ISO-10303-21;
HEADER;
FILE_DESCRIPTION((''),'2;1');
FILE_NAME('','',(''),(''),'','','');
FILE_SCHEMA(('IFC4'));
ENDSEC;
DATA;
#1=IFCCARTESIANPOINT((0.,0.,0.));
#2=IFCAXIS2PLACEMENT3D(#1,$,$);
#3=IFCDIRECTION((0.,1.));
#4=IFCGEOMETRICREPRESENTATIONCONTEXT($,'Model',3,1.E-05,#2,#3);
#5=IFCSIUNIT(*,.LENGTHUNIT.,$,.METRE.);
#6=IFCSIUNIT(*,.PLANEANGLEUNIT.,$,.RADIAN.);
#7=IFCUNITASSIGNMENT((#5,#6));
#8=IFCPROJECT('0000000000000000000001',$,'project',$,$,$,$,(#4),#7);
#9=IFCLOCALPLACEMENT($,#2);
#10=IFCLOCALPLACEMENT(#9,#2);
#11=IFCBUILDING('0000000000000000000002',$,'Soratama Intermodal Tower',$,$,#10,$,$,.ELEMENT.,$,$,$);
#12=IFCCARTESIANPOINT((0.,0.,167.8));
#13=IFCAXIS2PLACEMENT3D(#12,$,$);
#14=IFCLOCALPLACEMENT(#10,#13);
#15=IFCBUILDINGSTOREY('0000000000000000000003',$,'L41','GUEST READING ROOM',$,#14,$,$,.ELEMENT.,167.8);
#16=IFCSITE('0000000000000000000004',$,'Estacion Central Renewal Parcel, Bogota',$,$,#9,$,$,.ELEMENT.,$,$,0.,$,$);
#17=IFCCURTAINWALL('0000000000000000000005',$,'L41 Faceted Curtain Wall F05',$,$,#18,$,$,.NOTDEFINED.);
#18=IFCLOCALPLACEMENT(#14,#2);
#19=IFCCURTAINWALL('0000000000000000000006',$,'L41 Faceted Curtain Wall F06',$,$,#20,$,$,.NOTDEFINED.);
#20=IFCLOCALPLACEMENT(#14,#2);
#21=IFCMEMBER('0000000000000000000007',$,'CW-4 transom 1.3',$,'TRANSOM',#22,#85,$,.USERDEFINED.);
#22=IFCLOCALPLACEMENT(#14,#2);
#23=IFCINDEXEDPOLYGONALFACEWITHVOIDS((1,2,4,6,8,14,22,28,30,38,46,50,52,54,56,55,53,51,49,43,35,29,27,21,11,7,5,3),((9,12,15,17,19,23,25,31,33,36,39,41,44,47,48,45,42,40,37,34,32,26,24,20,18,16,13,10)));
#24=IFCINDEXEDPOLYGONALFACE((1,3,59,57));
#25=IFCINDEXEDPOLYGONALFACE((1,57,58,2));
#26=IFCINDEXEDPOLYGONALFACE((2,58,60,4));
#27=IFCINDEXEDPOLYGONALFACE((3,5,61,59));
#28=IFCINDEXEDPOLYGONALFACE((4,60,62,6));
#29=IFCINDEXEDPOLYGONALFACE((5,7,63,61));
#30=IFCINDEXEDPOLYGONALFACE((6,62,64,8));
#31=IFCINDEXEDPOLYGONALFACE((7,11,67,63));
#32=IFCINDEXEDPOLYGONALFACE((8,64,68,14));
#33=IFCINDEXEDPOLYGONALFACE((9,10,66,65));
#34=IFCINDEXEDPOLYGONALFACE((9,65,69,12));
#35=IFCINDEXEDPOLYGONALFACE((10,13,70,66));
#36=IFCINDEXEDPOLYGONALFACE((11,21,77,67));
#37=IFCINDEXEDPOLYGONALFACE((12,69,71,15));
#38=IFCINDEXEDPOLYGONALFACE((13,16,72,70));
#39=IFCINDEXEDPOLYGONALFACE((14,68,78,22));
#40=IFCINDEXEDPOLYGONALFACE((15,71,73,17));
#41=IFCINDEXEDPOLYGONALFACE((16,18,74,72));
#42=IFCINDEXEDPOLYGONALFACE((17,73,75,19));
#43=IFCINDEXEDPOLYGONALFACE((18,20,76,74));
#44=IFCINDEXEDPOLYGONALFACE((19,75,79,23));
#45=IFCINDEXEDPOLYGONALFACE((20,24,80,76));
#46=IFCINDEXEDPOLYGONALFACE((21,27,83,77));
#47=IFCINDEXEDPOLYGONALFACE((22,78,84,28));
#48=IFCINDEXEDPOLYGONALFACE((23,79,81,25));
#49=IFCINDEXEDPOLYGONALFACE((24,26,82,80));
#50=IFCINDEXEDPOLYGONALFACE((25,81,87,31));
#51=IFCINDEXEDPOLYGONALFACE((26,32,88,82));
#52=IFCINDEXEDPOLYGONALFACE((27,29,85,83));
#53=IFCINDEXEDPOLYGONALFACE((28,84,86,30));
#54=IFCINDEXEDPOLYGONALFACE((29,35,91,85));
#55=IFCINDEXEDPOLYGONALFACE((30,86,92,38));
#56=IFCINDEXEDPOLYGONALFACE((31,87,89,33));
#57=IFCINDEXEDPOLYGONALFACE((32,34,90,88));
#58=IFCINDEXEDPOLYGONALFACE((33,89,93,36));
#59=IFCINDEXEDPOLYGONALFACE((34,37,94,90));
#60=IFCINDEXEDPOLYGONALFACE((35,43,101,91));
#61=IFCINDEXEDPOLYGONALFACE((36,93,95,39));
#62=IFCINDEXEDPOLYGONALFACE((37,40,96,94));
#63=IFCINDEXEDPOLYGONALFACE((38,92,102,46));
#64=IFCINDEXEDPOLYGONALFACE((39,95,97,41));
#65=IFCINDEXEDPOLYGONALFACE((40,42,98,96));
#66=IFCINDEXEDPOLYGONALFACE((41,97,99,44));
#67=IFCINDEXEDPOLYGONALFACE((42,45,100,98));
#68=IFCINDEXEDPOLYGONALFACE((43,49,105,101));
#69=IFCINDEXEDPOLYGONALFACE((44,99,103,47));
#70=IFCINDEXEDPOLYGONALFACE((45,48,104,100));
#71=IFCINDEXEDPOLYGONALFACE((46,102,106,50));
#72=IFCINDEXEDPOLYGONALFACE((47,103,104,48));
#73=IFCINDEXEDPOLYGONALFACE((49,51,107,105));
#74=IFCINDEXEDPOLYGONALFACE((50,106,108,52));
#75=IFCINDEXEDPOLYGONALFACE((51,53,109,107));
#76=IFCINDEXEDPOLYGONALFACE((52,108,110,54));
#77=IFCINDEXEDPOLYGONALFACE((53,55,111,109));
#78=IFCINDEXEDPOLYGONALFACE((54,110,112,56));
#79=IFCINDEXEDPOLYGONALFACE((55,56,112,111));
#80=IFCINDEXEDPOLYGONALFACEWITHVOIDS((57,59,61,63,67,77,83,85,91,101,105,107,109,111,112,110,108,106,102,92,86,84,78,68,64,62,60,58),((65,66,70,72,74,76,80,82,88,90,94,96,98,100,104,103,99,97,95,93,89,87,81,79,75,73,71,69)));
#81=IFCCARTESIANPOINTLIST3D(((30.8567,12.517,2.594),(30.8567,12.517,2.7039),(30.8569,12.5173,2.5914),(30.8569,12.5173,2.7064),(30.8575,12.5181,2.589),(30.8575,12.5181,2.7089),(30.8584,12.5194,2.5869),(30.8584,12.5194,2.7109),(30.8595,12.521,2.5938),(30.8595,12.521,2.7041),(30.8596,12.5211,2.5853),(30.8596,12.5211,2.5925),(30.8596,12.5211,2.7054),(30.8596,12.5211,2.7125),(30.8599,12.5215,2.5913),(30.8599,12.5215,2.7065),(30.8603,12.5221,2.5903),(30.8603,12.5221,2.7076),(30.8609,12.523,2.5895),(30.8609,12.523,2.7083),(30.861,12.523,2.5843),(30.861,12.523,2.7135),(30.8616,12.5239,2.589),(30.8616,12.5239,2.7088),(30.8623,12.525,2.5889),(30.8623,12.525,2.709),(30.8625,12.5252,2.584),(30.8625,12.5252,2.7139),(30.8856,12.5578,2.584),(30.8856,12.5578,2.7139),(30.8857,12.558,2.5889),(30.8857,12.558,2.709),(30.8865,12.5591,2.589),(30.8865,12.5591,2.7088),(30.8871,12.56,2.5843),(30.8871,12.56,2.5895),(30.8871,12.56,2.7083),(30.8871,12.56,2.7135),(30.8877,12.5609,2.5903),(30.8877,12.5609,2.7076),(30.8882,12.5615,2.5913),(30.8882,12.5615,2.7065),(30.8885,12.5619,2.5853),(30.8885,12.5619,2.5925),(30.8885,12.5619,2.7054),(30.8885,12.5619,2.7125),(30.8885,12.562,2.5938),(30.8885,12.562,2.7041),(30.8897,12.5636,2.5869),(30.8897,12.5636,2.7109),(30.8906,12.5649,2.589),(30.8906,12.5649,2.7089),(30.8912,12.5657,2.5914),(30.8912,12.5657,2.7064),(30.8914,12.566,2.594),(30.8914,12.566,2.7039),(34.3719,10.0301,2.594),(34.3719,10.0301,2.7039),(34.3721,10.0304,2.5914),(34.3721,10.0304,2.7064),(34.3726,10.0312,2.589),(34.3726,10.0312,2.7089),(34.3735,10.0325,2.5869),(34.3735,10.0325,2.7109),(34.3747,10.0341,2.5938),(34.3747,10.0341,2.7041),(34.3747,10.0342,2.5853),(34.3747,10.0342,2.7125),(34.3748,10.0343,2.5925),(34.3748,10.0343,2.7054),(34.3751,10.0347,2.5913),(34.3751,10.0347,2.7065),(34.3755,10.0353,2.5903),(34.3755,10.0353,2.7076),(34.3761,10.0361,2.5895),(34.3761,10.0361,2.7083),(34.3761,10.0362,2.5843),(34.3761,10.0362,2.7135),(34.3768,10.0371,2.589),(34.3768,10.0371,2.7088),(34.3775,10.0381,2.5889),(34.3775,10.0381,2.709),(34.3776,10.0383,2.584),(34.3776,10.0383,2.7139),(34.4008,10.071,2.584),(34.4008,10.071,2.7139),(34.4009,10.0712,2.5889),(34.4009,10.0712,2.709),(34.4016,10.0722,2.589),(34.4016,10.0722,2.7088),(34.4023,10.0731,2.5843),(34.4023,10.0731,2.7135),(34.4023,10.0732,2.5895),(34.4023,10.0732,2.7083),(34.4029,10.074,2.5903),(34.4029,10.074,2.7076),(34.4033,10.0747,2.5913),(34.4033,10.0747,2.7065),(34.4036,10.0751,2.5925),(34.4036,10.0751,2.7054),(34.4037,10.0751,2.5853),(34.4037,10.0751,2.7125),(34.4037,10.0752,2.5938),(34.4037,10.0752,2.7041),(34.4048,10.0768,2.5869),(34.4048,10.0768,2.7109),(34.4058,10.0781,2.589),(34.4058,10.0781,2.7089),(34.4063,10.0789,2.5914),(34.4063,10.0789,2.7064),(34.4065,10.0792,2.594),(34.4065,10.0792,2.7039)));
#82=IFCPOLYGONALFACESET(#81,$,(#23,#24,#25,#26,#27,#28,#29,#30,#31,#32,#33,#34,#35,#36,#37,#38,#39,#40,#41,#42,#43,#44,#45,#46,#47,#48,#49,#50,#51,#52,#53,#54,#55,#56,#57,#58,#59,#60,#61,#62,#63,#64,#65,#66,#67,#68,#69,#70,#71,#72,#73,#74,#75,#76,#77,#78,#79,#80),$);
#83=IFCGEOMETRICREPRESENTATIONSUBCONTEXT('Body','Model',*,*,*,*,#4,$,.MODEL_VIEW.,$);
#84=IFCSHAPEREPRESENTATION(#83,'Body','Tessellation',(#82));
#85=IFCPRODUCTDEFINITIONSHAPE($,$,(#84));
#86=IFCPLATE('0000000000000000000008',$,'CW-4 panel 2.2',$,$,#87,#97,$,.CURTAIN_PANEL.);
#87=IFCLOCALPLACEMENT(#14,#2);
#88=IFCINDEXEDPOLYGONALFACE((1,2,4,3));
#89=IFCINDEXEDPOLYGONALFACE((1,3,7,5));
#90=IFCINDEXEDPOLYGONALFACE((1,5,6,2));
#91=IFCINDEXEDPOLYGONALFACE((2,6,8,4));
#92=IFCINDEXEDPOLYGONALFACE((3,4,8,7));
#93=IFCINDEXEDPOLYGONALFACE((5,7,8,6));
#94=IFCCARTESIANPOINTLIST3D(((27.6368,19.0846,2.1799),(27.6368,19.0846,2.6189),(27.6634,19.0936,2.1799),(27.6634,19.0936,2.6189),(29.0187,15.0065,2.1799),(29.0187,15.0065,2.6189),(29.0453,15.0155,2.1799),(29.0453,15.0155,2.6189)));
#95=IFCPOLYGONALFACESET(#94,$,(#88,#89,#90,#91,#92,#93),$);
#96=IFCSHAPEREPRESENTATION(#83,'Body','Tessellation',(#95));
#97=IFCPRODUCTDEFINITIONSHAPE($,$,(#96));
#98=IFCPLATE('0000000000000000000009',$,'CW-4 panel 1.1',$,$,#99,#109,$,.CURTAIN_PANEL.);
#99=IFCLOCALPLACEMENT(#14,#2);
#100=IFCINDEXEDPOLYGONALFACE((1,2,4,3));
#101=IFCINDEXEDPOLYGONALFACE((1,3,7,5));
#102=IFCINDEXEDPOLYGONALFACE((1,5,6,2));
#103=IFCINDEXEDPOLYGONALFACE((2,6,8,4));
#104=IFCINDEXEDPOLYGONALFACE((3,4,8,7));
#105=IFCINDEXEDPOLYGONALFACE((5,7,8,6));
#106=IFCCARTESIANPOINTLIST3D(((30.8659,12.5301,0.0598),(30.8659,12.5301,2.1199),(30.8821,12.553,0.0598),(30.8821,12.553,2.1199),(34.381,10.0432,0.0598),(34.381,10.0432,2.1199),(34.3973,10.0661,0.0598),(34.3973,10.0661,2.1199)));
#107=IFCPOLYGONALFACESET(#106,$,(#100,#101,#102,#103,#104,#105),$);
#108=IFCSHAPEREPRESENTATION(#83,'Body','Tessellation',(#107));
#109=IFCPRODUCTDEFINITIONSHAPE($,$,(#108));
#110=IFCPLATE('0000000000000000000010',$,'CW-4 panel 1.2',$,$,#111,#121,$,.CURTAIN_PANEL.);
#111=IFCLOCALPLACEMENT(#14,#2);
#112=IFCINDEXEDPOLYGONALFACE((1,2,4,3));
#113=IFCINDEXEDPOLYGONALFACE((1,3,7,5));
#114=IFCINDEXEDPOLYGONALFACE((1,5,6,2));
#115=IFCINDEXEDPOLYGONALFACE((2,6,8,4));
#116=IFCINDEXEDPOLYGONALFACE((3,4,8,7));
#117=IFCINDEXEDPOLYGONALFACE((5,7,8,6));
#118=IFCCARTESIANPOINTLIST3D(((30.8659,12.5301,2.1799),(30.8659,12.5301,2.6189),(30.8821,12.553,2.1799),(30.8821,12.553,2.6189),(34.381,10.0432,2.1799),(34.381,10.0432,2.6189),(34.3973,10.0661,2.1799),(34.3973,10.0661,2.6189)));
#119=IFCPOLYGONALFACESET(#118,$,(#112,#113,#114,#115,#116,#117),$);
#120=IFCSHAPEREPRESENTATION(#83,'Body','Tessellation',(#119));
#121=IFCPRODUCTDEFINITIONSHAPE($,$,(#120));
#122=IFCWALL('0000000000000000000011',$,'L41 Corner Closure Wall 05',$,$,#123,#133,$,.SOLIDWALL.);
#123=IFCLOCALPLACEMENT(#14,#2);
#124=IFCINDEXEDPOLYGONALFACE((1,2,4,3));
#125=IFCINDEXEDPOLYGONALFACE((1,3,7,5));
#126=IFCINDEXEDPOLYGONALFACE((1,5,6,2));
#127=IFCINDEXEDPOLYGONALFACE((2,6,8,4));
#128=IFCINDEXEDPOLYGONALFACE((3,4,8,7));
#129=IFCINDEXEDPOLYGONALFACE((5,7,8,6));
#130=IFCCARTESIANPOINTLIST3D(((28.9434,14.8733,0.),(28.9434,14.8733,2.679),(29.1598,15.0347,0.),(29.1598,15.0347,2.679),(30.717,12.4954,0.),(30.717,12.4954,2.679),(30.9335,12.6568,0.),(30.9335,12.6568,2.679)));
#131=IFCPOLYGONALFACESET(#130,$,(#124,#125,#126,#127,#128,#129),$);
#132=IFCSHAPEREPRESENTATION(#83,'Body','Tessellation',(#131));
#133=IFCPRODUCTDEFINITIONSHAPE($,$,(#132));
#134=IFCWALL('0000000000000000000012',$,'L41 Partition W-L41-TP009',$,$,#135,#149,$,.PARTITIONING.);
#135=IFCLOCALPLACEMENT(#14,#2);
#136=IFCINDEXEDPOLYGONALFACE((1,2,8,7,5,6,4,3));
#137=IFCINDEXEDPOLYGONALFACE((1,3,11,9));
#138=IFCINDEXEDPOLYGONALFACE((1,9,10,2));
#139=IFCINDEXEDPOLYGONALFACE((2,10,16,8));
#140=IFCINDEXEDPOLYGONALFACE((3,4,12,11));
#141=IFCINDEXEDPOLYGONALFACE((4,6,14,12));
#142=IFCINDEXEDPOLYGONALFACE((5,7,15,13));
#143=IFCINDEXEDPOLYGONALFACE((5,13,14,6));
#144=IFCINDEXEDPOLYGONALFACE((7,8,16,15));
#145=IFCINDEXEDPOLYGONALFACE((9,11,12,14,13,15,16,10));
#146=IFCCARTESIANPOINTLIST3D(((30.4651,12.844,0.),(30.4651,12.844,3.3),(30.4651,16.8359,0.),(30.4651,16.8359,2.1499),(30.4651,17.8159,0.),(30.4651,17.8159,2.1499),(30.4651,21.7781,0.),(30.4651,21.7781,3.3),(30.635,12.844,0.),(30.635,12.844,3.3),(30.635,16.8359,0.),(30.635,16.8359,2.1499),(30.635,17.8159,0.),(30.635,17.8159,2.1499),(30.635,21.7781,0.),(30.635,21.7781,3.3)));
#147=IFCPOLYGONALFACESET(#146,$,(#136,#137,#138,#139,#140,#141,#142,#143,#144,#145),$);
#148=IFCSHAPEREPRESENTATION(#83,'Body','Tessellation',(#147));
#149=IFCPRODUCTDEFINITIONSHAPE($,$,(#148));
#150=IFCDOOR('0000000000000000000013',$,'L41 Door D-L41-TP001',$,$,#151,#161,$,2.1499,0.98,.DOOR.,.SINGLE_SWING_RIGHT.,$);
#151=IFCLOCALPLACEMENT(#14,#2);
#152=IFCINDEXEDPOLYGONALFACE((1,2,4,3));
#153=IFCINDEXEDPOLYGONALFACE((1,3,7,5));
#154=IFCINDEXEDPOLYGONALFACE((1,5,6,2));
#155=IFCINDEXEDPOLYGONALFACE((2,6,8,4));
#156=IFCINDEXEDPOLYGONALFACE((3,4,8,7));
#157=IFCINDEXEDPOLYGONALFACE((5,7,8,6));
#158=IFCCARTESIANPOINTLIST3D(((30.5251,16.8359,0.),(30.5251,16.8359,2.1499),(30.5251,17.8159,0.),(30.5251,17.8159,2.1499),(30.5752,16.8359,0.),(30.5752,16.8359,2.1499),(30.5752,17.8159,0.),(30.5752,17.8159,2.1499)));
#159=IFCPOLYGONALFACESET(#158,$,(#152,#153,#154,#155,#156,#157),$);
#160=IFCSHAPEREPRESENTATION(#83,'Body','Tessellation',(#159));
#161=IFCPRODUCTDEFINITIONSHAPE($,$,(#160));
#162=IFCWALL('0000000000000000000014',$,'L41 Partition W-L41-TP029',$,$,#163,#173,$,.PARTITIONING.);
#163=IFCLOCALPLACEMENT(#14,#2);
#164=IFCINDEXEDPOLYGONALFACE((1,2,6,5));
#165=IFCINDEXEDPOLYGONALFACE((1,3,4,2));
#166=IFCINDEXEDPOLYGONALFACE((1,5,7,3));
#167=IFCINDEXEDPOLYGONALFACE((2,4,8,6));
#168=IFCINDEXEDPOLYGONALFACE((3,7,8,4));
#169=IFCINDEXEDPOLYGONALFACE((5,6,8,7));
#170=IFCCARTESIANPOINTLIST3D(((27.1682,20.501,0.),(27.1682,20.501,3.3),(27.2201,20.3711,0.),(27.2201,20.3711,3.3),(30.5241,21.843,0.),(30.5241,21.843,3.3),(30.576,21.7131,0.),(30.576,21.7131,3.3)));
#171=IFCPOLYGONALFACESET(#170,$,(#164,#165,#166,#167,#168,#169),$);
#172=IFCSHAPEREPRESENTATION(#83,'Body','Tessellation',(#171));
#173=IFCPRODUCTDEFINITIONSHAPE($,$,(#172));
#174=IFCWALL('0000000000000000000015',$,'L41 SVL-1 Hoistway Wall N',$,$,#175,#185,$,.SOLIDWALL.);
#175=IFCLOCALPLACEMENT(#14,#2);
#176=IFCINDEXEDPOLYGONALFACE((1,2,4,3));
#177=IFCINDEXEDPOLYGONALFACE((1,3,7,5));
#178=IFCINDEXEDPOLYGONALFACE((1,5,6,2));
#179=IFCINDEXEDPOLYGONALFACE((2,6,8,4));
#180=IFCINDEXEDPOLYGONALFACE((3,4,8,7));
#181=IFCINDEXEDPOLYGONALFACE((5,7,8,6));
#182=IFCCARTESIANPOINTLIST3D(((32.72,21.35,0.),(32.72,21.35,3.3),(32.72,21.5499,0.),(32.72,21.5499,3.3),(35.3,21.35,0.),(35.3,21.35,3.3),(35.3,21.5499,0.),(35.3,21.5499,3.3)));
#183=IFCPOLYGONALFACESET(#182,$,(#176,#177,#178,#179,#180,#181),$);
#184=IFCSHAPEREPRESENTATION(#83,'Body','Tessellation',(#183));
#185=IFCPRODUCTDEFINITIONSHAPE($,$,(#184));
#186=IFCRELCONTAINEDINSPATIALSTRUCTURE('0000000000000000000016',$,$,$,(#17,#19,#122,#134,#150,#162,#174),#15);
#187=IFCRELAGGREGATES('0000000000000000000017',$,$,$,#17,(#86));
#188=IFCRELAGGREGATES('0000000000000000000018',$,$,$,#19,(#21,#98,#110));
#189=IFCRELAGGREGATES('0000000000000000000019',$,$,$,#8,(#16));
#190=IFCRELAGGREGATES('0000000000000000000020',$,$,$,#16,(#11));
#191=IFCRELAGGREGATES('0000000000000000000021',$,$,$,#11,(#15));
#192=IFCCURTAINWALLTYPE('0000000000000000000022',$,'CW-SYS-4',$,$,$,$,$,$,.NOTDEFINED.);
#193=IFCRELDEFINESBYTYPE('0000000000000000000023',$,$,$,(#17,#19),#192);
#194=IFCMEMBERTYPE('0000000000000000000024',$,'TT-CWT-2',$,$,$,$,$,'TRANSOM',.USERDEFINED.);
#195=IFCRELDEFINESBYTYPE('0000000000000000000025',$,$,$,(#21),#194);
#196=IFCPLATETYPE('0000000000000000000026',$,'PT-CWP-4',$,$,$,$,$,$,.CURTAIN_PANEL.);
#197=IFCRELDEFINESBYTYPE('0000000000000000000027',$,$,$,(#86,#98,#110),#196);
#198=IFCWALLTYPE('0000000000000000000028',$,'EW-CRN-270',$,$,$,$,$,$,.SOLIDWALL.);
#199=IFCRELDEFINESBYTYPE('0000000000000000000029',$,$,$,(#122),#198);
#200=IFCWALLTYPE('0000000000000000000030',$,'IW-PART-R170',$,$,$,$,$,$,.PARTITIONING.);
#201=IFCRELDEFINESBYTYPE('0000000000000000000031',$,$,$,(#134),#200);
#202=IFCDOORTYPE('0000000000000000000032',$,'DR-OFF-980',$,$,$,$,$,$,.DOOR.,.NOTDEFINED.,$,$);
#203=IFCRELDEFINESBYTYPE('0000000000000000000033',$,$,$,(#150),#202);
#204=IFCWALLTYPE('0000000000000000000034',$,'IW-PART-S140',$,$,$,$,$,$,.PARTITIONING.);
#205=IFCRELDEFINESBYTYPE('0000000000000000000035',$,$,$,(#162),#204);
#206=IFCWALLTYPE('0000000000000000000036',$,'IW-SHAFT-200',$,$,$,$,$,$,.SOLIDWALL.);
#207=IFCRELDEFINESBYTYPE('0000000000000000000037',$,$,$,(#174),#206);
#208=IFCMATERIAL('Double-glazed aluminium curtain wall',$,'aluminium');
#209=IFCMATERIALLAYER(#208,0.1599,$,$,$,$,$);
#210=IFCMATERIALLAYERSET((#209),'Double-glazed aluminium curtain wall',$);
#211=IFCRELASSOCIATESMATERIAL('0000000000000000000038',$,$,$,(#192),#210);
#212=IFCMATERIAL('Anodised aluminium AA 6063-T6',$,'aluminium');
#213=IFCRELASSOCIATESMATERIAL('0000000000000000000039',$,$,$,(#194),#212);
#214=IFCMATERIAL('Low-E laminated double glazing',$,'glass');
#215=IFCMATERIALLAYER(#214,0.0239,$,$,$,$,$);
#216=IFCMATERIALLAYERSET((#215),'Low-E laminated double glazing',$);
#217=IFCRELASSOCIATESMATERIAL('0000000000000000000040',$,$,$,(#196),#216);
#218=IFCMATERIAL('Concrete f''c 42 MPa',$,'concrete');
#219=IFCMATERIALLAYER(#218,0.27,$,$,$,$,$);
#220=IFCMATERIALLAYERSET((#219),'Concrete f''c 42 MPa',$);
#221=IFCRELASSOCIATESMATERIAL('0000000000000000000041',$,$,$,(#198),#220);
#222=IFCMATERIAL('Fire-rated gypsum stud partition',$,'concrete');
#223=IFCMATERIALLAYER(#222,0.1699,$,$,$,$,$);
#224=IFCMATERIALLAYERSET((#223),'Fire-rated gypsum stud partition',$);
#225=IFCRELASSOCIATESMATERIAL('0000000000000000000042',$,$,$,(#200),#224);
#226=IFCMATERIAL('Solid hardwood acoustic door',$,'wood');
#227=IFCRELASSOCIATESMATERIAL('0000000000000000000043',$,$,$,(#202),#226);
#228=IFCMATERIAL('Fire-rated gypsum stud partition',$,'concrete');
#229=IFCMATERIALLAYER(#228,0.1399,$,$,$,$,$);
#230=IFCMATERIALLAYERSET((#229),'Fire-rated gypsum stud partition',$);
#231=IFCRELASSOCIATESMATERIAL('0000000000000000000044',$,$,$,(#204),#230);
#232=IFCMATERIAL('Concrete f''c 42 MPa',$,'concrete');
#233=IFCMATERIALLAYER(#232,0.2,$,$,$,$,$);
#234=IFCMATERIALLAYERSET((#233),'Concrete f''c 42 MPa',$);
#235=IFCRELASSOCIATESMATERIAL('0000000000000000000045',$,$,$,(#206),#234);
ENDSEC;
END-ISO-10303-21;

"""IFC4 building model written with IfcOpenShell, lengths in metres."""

from ifc_helpers import new_model, si_unit, direction, frame, frame_2d, origin, origin_2d, place, context, subcontext, project, spatial, rectangle, hollow_rectangle, extrude, material, layer, layer_set, material_profile, profile_set, type_object, element, fill, aggregate, save


model = new_model("IFC4")

# Units and contexts
model_context = context("Model", 3, precision=1e-05, world=origin(), true_north=direction((0.0, 1.0)))
body_context = subcontext(model_context, "Body", "Model", "MODEL_VIEW")
ifc_project = project(units=[si_unit("LENGTHUNIT", "METRE"), si_unit("PLANEANGLEUNIT", "RADIAN")], contexts=[model_context])

# Site, building, storey
site_placement = place(None, origin())
site = spatial("IfcSite", under=ifc_project, at=site_placement, Name="Estacion Central Renewal Parcel, Bogota", CompositionType="ELEMENT", RefElevation=0.0)
building_placement = place(site_placement, origin())
building = spatial("IfcBuilding", under=site, at=building_placement, Name="Soratama Intermodal Tower", CompositionType="ELEMENT")
storey_placement = place(building_placement, frame((0.0, 0.0, 167.8)))
storey = spatial("IfcBuildingStorey", under=building, at=storey_placement, Name="L41", Description="GUEST READING ROOM", CompositionType="ELEMENT", Elevation=167.8)

# Curtain wall
ifc_material_1 = material(Name="Double-glazed aluminium curtain wall", Category="aluminium")
ifc_layer_1 = layer(ifc_material_1, 0.1599)
ifc_layer_set_1 = layer_set([ifc_layer_1], Name="Double-glazed aluminium curtain wall")
curtain_wall_type = type_object("IfcCurtainWallType", Name="CW-SYS-4", PredefinedType="NOTDEFINED", material=ifc_layer_set_1)
curtain_wall_1_placement = place(storey_placement, origin())
curtain_wall_1 = element("IfcCurtainWall", 1, at=curtain_wall_1_placement, inside=storey, type_object=curtain_wall_type, Name="L41 Faceted Curtain Wall F05", PredefinedType="NOTDEFINED")

# Curtain wall, member
curtain_wall_2_placement = place(storey_placement, origin())
curtain_wall_2 = element("IfcCurtainWall", 2, at=curtain_wall_2_placement, inside=storey, type_object=curtain_wall_type, Name="L41 Faceted Curtain Wall F06", PredefinedType="NOTDEFINED")
ifc_material_2 = material(Name="Anodised aluminium AA 6063-T6", Category="aluminium")
ifc_material_profile_1 = material_profile(ifc_material_2, hollow_rectangle(XDim=0.0601, YDim=0.1299, WallThickness=0.0049, InnerFilletRadius=0.0049, OuterFilletRadius=0.01, at=origin_2d()), Name="CWT130X60X5")
ifc_profile_set_1 = profile_set([ifc_material_profile_1], Name="Anodised aluminium AA 6063-T6")
member_type_1 = type_object("IfcMemberType", Name="TT-CWT-2", ElementType="TRANSOM", PredefinedType="USERDEFINED", material=ifc_profile_set_1)
member_1_placement = place(storey_placement, frame((30.874, 12.5415, 2.6489), z_axis=(0.816361, -0.577542, 0.0), x_axis=(0.577542, 0.816361, 0.0)))
member_1 = element("IfcMember", 3, at=member_1_placement, type_object=member_type_1, Name="CW-4 transom 1.3", ObjectType="TRANSOM", PredefinedType="USERDEFINED", context=body_context, shape_type="SweptSolid", body=[
    extrude(hollow_rectangle(XDim=0.0601, YDim=0.1299, WallThickness=0.0049, InnerFilletRadius=0.0049, OuterFilletRadius=0.01, at=origin_2d()), origin(), (0.0, 0.0, 1.0), 4.3059),
])

# Plates
ifc_material_3 = material(Name="Low-E laminated double glazing", Category="glass")
ifc_layer_2 = layer(ifc_material_3, 0.0239)
ifc_layer_set_2 = layer_set([ifc_layer_2], Name="Low-E laminated double glazing")
plate_type = type_object("IfcPlateType", Name="PT-CWP-4", PredefinedType="CURTAIN_PANEL", material=ifc_layer_set_2)
plate_1_placement = place(storey_placement, frame((28.3411, 17.05, 2.1799), z_axis=(0.0, 0.0, 1.0), x_axis=(0.32094, -0.9471, 0.0)))
plate_1 = element("IfcPlate", 4, at=plate_1_placement, type_object=plate_type, Name="CW-4 panel 2.2", PredefinedType="CURTAIN_PANEL", context=body_context, shape_type="SweptSolid", body=[
    extrude(rectangle(XDim=4.3059, YDim=0.0281, at=origin_2d()), origin(), (0.0, 0.0, 1.0), 0.439),
])
aggregate(curtain_wall_1, [plate_1])
plate_2_placement = place(storey_placement, frame((32.6316, 11.2981, 0.0598), z_axis=(0.0, 0.0, 1.0), x_axis=(0.816345, -0.577564, 0.0)))
plate_2 = element("IfcPlate", 5, at=plate_2_placement, type_object=plate_type, Name="CW-4 panel 1.1", PredefinedType="CURTAIN_PANEL", context=body_context, shape_type="SweptSolid", body=[
    extrude(rectangle(XDim=4.3059, YDim=0.0281, at=origin_2d()), origin(), (0.0, 0.0, 1.0), 2.0601),
])
plate_3_placement = place(storey_placement, frame((32.6316, 11.2981, 2.1799), z_axis=(0.0, 0.0, 1.0), x_axis=(0.816345, -0.577564, 0.0)))
plate_3 = element("IfcPlate", 6, at=plate_3_placement, type_object=plate_type, Name="CW-4 panel 1.2", PredefinedType="CURTAIN_PANEL", context=body_context, shape_type="SweptSolid", body=[
    extrude(rectangle(XDim=4.3059, YDim=0.0281, at=origin_2d()), origin(), (0.0, 0.0, 1.0), 0.439),
])
aggregate(curtain_wall_2, [member_1, plate_2, plate_3])

# Wall
ifc_material_4 = material(Name="Concrete f'c 42 MPa", Category="concrete")
ifc_layer_3 = layer(ifc_material_4, 0.27)
ifc_layer_set_3 = layer_set([ifc_layer_3], Name="Concrete f'c 42 MPa")
wall_type_1 = type_object("IfcWallType", Name="EW-CRN-270", PredefinedType="SOLIDWALL", material=ifc_layer_set_3)
wall_1_placement = place(storey_placement, frame((29.0515, 14.9541, 0.0), z_axis=(0.0, 0.0, 1.0), x_axis=(0.597891, -0.801577, 0.0)))
element("IfcWall", 7, at=wall_1_placement, inside=storey, type_object=wall_type_1, Name="L41 Corner Closure Wall 05", PredefinedType="SOLIDWALL", context=body_context, shape_type="SweptSolid", body=[
    extrude(rectangle(XDim=2.9666, YDim=0.27, at=frame_2d((1.4834, 0.0))), origin(), (0.0, 0.0, 1.0), 2.679),
])

# Wall, opening, door
ifc_material_5 = material(Name="Fire-rated gypsum stud partition", Category="concrete")
ifc_layer_4 = layer(ifc_material_5, 0.1699)
ifc_layer_set_4 = layer_set([ifc_layer_4], Name="Fire-rated gypsum stud partition")
wall_type_2 = type_object("IfcWallType", Name="IW-PART-R170", PredefinedType="PARTITIONING", material=ifc_layer_set_4)
wall_2_placement = place(storey_placement, frame((30.55, 12.844, 0.0), z_axis=(0.0, 0.0, 1.0), x_axis=(0.0, 1.0, 0.0)))
wall_2 = element("IfcWall", 8, at=wall_2_placement, inside=storey, type_object=wall_type_2, Name="L41 Partition W-L41-TP009", PredefinedType="PARTITIONING", context=body_context, shape_type="SweptSolid", body=[
    extrude(rectangle(XDim=8.9341, YDim=0.1699, at=frame_2d((4.467, 0.0))), origin(), (0.0, 0.0, 1.0), 3.3),
])
opening_1_placement = place(wall_2_placement, frame((3.9919, 0.0, 0.0)))
opening_1 = element("IfcOpeningElement", 9, at=opening_1_placement, cuts=wall_2, PredefinedType="OPENING", context=body_context, shape_type="SweptSolid", body=[
    extrude(rectangle(XDim=0.98, YDim=2.1499, at=frame_2d((0.49, 1.075))), frame((0.0, 0.095, 0.0), z_axis=(0.0, -1.0, 0.0), x_axis=(1.0, 0.0, 0.0)), (0.0, 0.0, 1.0), 0.1899),
])
ifc_material_6 = material(Name="Solid hardwood acoustic door", Category="wood")
door_type = type_object("IfcDoorType", Name="DR-OFF-980", OperationType="NOTDEFINED", PredefinedType="DOOR", material=ifc_material_6)
door_1_placement = place(opening_1_placement, origin())
door_1 = element("IfcDoor", 10, at=door_1_placement, inside=storey, type_object=door_type, Name="L41 Door D-L41-TP001", OperationType="SINGLE_SWING_RIGHT", OverallHeight=2.1499, OverallWidth=0.98, PredefinedType="DOOR", context=body_context, shape_type="SweptSolid", body=[
    extrude(rectangle(XDim=0.98, YDim=2.1499, at=frame_2d((0.49, 1.075))), frame((0.0, 0.0249, 0.0), z_axis=(0.0, -1.0, 0.0), x_axis=(1.0, 0.0, 0.0)), (0.0, 0.0, 1.0), 0.05),
])
fill(opening_1, door_1)

# Walls
ifc_material_7 = material(Name="Fire-rated gypsum stud partition", Category="concrete")
ifc_layer_5 = layer(ifc_material_7, 0.1399)
ifc_layer_set_5 = layer_set([ifc_layer_5], Name="Fire-rated gypsum stud partition")
wall_type_3 = type_object("IfcWallType", Name="IW-PART-S140", PredefinedType="PARTITIONING", material=ifc_layer_set_5)
wall_3_placement = place(storey_placement, frame((30.55, 21.7781, 0.0), z_axis=(0.0, 0.0, 1.0), x_axis=(-0.928509, -0.371309, 0.0)))
element("IfcWall", 11, at=wall_3_placement, inside=storey, type_object=wall_type_3, Name="L41 Partition W-L41-TP029", PredefinedType="PARTITIONING", context=body_context, shape_type="SweptSolid", body=[
    extrude(rectangle(XDim=3.6143, YDim=0.1399, at=frame_2d((1.8071, 0.0))), origin(), (0.0, 0.0, 1.0), 3.3),
])
ifc_material_8 = material(Name="Concrete f'c 42 MPa", Category="concrete")
ifc_layer_6 = layer(ifc_material_8, 0.2)
ifc_layer_set_6 = layer_set([ifc_layer_6], Name="Concrete f'c 42 MPa")
wall_type_4 = type_object("IfcWallType", Name="IW-SHAFT-200", PredefinedType="SOLIDWALL", material=ifc_layer_set_6)
wall_4_placement = place(storey_placement, frame((32.72, 21.45, 0.0), z_axis=(0.0, 0.0, 1.0), x_axis=(1.0, 0.0, 0.0)))
element("IfcWall", 12, at=wall_4_placement, inside=storey, type_object=wall_type_4, Name="L41 SVL-1 Hoistway Wall N", PredefinedType="SOLIDWALL", context=body_context, shape_type="SweptSolid", body=[
    extrude(rectangle(XDim=2.5801, YDim=0.2, at=frame_2d((1.29, 0.0))), origin(), (0.0, 0.0, 1.0), 3.3),
])

save(model, "model.ifc")
